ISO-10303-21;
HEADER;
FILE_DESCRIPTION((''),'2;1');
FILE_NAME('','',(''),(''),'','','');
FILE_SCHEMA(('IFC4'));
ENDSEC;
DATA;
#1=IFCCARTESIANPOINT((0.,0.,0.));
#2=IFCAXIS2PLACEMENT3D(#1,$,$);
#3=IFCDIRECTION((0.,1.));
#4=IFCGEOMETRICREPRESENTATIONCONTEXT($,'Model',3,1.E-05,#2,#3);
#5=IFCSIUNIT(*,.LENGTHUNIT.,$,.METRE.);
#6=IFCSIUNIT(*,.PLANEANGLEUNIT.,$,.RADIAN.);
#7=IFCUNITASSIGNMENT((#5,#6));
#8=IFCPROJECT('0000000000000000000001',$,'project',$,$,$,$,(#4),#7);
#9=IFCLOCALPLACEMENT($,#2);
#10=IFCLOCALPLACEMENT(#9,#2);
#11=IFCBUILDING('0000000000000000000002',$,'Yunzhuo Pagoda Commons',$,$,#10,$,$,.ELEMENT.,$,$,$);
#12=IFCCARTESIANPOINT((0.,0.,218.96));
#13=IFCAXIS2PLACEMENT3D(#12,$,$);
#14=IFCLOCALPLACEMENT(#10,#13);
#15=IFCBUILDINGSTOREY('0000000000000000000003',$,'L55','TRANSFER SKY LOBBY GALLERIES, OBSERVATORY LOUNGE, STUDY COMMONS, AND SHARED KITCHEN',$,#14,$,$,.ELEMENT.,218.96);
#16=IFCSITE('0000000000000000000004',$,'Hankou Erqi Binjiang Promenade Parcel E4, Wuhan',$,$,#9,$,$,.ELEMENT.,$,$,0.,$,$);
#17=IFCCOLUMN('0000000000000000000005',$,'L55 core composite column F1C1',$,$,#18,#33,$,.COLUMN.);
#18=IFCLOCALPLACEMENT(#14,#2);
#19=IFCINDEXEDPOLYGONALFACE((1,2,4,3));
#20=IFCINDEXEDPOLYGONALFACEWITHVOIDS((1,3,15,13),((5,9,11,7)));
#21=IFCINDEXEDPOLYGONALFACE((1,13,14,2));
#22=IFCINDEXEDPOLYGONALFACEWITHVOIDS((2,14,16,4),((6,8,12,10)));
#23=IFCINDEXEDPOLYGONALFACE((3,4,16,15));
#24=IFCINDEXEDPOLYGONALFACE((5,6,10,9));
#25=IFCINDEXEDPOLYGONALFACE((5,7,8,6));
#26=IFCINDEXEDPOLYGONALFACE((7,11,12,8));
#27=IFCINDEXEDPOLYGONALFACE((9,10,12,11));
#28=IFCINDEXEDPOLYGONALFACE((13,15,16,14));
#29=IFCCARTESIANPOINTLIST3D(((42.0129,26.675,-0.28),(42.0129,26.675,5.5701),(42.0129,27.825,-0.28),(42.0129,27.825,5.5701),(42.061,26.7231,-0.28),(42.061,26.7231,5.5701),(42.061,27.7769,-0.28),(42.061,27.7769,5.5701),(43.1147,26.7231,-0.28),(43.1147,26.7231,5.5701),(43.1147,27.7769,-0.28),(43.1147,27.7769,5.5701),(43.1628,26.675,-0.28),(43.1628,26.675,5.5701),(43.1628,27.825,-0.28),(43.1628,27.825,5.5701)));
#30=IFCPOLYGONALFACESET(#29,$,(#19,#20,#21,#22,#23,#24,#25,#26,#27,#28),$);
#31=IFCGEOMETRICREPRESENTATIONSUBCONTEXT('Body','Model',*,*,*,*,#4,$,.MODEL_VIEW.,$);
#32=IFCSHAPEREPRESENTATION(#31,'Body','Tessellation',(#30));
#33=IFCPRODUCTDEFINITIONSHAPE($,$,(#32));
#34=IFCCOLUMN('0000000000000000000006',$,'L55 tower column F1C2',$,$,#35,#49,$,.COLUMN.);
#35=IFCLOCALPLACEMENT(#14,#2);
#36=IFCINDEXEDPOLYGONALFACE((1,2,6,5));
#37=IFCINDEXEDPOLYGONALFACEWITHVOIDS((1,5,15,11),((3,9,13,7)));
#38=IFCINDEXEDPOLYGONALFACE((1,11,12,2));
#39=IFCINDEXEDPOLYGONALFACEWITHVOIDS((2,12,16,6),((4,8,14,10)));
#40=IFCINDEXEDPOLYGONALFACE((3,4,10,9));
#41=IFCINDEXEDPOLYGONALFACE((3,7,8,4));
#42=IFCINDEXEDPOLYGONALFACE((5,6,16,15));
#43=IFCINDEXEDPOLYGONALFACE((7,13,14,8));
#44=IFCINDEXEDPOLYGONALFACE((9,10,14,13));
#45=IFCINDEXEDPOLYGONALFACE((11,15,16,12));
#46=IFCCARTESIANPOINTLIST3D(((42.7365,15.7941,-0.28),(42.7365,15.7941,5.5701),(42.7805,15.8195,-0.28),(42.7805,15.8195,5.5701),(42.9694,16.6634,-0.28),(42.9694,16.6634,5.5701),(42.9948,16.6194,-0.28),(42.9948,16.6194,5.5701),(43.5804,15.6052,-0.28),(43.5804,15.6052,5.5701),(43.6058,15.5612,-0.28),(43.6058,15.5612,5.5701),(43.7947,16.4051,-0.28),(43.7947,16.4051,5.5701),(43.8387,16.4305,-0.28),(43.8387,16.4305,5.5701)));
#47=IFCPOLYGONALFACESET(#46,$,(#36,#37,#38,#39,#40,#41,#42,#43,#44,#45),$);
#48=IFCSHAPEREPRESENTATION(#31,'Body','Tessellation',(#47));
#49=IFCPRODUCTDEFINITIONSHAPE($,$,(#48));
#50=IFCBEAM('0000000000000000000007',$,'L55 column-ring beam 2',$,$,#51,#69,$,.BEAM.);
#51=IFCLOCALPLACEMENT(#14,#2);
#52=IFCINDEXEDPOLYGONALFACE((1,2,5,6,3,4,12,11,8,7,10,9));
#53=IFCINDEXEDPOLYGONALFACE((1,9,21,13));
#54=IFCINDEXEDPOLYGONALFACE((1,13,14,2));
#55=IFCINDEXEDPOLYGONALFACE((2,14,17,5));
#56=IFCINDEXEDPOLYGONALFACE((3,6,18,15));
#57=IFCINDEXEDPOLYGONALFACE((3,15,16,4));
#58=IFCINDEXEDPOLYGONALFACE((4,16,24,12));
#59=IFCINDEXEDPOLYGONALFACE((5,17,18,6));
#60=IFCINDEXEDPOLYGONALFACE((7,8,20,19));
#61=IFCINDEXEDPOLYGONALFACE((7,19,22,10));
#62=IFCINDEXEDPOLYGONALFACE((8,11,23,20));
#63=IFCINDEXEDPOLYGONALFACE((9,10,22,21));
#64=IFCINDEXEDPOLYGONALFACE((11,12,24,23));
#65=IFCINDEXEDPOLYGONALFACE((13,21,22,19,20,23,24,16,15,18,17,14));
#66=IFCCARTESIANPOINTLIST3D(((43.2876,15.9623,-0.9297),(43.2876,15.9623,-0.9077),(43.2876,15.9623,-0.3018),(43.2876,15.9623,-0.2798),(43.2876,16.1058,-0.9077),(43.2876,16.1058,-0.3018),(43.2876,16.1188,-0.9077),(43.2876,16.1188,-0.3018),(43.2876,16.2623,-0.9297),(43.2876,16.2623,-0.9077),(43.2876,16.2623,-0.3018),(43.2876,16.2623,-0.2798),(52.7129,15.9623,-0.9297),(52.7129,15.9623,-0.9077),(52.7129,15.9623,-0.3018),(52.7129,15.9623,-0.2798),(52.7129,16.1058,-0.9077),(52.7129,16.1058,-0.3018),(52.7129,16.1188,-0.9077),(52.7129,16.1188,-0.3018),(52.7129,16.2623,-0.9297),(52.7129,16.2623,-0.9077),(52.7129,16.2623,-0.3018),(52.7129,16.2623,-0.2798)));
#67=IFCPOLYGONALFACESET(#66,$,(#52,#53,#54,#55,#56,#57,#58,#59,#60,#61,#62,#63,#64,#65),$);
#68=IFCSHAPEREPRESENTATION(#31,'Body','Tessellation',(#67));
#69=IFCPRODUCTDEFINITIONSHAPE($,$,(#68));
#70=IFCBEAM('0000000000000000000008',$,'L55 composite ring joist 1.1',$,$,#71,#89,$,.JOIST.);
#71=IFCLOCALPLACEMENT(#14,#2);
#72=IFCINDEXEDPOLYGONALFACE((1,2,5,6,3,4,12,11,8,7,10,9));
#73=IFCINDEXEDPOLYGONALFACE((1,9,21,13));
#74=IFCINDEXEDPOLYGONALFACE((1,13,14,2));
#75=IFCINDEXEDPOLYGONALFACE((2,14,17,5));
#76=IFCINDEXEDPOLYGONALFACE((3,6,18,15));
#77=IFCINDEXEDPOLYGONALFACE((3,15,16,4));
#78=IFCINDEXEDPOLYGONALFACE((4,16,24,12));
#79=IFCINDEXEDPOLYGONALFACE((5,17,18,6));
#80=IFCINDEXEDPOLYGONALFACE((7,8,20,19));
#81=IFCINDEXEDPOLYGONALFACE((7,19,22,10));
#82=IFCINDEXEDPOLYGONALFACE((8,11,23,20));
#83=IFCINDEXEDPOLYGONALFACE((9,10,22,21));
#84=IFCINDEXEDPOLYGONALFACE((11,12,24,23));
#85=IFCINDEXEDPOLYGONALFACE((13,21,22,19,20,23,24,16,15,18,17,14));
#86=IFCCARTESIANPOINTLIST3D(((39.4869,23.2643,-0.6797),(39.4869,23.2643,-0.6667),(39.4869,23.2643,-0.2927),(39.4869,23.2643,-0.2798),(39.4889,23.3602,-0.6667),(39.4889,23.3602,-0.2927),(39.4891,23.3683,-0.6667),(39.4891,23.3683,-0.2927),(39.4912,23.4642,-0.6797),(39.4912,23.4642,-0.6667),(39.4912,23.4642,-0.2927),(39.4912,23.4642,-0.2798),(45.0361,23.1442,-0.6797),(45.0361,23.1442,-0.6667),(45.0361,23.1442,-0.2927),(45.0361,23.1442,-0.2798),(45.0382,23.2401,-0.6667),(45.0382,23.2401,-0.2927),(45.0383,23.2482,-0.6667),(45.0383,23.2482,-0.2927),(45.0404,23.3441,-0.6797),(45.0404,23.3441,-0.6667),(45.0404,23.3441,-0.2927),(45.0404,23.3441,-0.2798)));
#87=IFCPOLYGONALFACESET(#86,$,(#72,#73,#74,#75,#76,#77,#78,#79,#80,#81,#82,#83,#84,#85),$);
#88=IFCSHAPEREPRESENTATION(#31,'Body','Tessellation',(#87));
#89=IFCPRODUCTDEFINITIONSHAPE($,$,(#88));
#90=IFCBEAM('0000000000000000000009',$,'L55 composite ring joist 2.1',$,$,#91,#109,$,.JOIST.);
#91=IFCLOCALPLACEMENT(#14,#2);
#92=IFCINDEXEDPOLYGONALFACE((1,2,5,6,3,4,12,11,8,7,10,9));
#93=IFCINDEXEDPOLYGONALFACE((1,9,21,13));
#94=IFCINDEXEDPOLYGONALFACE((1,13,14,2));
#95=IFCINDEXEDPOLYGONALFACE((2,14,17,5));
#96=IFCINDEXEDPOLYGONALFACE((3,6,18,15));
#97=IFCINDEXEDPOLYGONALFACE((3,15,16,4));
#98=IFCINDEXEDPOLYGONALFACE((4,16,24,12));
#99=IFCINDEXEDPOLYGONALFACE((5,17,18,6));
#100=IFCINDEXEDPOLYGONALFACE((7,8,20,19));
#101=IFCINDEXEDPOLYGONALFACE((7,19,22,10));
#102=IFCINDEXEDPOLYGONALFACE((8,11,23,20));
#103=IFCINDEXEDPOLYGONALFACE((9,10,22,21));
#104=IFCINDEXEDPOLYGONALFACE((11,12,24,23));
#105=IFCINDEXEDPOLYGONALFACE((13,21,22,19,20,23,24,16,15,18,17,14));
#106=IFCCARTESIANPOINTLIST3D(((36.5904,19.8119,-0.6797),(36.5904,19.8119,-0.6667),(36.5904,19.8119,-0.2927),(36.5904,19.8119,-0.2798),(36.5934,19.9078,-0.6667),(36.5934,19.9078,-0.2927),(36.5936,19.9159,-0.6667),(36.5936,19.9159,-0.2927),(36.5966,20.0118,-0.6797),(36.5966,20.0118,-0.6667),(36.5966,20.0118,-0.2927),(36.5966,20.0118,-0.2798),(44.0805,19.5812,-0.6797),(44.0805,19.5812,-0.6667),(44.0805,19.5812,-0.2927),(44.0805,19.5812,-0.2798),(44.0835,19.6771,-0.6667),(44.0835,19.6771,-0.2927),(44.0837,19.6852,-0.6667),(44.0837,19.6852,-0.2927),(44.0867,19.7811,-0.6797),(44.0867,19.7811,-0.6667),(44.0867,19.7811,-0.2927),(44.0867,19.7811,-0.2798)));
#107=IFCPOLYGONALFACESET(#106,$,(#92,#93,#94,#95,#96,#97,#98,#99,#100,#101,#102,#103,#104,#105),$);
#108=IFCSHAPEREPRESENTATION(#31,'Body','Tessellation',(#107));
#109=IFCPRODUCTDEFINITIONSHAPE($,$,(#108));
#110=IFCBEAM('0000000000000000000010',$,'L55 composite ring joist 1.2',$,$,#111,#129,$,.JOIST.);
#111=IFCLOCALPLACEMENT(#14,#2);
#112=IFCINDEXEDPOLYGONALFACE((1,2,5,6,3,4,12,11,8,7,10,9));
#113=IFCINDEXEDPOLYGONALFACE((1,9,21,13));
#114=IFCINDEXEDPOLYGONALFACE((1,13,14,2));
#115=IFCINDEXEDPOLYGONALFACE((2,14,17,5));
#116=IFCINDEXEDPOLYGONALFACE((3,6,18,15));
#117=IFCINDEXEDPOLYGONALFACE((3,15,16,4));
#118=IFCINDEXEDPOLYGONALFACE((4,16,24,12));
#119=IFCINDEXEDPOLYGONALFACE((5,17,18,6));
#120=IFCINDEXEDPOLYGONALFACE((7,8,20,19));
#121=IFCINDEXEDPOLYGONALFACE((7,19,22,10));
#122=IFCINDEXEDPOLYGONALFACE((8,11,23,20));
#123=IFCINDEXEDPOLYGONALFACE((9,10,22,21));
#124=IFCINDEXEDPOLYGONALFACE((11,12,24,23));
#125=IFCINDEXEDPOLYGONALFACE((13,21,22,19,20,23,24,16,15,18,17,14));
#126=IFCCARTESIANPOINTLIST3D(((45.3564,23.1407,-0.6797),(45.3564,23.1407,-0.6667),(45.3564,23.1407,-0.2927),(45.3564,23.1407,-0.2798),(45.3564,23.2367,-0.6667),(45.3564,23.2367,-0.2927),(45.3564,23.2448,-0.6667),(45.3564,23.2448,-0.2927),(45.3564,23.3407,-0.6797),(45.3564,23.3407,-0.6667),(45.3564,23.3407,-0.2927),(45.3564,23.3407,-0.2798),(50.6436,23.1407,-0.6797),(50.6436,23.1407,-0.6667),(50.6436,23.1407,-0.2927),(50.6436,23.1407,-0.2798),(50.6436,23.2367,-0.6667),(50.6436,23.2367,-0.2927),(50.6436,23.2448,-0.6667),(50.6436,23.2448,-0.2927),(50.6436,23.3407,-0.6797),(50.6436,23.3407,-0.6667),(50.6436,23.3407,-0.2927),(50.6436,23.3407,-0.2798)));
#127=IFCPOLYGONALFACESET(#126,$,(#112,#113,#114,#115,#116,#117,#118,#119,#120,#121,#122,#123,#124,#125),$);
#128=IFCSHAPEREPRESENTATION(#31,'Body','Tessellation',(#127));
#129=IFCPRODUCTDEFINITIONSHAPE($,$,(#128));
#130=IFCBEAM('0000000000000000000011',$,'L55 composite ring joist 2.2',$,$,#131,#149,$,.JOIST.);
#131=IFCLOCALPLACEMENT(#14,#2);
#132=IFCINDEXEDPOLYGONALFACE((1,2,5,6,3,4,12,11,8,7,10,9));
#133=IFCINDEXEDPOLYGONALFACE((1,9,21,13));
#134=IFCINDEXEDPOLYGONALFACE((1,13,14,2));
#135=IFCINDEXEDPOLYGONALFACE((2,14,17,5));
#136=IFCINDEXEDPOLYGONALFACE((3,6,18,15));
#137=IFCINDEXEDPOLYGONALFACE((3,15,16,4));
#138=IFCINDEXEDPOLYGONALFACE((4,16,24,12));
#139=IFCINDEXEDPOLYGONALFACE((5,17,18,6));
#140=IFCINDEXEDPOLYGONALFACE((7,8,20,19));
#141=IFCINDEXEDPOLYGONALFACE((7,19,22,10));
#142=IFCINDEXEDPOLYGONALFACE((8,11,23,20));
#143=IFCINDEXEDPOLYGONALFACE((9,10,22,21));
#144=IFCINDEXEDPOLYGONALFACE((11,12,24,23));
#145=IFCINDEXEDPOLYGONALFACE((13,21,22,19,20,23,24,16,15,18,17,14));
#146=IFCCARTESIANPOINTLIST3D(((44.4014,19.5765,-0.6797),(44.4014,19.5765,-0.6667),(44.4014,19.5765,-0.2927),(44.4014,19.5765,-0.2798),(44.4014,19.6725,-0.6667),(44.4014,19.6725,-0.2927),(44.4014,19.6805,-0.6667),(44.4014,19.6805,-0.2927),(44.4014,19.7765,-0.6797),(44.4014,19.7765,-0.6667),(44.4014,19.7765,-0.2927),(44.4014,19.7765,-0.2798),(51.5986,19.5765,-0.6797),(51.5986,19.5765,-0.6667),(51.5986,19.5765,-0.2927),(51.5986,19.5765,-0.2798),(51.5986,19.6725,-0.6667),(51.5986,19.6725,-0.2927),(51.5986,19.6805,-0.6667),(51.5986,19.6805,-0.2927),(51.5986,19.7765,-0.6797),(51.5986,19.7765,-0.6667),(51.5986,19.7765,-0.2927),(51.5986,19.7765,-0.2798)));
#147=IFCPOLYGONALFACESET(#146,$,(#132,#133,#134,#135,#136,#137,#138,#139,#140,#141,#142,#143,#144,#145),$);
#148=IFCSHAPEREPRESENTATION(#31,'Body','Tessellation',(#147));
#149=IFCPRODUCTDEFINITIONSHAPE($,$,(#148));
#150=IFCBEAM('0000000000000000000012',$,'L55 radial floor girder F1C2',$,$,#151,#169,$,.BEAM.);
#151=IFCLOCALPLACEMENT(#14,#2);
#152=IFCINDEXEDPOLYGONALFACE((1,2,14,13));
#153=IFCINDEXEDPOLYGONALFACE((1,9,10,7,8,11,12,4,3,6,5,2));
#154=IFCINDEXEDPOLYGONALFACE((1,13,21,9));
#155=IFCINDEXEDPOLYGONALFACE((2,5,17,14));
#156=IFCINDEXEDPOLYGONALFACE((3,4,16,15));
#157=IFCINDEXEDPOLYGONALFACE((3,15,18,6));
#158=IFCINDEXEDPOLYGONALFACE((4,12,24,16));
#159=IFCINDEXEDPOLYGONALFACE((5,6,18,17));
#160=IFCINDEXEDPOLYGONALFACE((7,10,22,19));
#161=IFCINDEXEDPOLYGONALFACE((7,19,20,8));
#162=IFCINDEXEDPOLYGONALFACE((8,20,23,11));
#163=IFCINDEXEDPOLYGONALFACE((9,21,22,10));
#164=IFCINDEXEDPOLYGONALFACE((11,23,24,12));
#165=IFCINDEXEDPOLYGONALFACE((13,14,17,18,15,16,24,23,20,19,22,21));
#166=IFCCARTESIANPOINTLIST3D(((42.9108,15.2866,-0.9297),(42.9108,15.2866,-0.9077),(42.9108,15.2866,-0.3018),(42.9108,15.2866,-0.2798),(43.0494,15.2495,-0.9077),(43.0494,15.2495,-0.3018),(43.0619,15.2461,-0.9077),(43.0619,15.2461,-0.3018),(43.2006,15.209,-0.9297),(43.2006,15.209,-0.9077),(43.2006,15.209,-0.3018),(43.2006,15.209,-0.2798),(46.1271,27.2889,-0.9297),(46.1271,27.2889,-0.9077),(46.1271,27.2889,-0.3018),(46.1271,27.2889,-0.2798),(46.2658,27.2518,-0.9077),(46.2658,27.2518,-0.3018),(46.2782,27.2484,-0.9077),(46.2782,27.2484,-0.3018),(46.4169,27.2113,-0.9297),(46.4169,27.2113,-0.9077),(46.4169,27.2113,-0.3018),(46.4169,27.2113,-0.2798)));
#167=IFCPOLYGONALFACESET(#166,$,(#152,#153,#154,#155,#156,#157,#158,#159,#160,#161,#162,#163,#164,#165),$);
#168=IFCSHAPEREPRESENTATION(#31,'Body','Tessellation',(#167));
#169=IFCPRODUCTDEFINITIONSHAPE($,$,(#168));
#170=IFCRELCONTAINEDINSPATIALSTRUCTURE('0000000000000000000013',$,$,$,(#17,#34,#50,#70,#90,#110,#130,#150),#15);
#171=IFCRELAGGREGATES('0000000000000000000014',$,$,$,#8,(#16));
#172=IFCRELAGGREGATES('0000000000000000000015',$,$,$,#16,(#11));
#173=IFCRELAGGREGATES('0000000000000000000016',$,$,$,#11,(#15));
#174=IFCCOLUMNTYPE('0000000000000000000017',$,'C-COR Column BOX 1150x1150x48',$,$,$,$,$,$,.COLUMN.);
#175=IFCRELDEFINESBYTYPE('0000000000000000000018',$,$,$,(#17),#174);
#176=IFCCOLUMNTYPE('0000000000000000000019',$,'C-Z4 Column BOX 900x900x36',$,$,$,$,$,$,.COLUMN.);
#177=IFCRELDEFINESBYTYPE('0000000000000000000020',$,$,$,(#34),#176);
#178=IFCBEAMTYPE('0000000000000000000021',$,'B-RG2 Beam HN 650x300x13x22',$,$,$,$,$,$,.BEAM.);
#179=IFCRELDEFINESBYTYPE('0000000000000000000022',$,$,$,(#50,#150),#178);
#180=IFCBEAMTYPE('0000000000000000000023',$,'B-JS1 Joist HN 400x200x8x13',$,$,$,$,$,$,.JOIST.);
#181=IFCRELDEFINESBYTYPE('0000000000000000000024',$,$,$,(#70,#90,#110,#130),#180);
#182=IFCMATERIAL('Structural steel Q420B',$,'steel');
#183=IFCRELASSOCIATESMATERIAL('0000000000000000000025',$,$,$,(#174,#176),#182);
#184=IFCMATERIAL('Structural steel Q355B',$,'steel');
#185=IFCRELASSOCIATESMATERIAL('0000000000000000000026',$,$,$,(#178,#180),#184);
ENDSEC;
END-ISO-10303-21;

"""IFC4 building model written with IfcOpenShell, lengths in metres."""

from ifc_helpers import new_model, si_unit, direction, frame, origin, origin_2d, place, context, subcontext, project, spatial, hollow_rectangle, i_section, extrude, source, transform, mapped, material, material_profile, profile_set, type_object, element, save


model = new_model("IFC4")

# Units and contexts
model_context = context("Model", 3, precision=1e-05, world=origin(), true_north=direction((0.0, 1.0)))
body_context = subcontext(model_context, "Body", "Model", "MODEL_VIEW")
ifc_project = project(units=[si_unit("LENGTHUNIT", "METRE"), si_unit("PLANEANGLEUNIT", "RADIAN")], contexts=[model_context])

# Site, building, storey
site_placement = place(None, origin())
site = spatial("IfcSite", under=ifc_project, at=site_placement, Name="Hankou Erqi Binjiang Promenade Parcel E4, Wuhan", CompositionType="ELEMENT", RefElevation=0.0)
building_placement = place(site_placement, origin())
building = spatial("IfcBuilding", under=site, at=building_placement, Name="Yunzhuo Pagoda Commons", CompositionType="ELEMENT")
storey_placement = place(building_placement, frame((0.0, 0.0, 218.96)))
storey = spatial("IfcBuildingStorey", under=building, at=storey_placement, Name="L55", Description="TRANSFER SKY LOBBY GALLERIES, OBSERVATORY LOUNGE, STUDY COMMONS, AND SHARED KITCHEN", CompositionType="ELEMENT", Elevation=218.96)

# Columns
ifc_material_1 = material(Name="Structural steel Q420B", Category="steel")
ifc_material_profile_1 = material_profile(ifc_material_1, hollow_rectangle(XDim=1.1499, YDim=1.1499, WallThickness=0.0481, at=origin_2d()), Name="Structural steel Q420B")
ifc_profile_set_1 = profile_set([ifc_material_profile_1], Name="Structural steel Q420B")
column_type_1 = type_object("IfcColumnType", Name="C-COR Column BOX 1150x1150x48", PredefinedType="COLUMN", material=ifc_profile_set_1)
shared_shape_1 = source(origin(), body_context, "Body", "SweptSolid", [
    extrude(hollow_rectangle(XDim=1.1499, YDim=1.1499, WallThickness=0.0481, at=origin_2d()), origin(), (0.0, 0.0, 1.0), 5.8501),
])
column_1_placement = place(storey_placement, frame((42.5879, 27.25, -0.28), z_axis=(0.0, 0.0, 1.0), x_axis=(1.0, 0.0, 0.0)))
element("IfcColumn", 1, at=column_1_placement, inside=storey, type_object=column_type_1, Name="L55 core composite column F1C1", PredefinedType="COLUMN", context=body_context, shape_type="MappedRepresentation", body=[
    mapped(shared_shape_1, transform((0.0, 0.0, 0.0), scale=1.0)),
])
ifc_material_profile_2 = material_profile(ifc_material_1, hollow_rectangle(XDim=0.8999, YDim=0.8999, WallThickness=0.0359, at=origin_2d()), Name="Structural steel Q420B")
ifc_profile_set_2 = profile_set([ifc_material_profile_2], Name="Structural steel Q420B")
column_type_2 = type_object("IfcColumnType", Name="C-Z4 Column BOX 900x900x36", PredefinedType="COLUMN", material=ifc_profile_set_2)
shared_shape_2 = source(origin(), body_context, "Body", "SweptSolid", [
    extrude(hollow_rectangle(XDim=0.8999, YDim=0.8999, WallThickness=0.0359, at=origin_2d()), origin(), (0.0, 0.0, 1.0), 5.8501),
])
column_2_placement = place(storey_placement, frame((43.2876, 16.1123, -0.28), z_axis=(0.0, 0.0, 1.0), x_axis=(0.965926, -0.258819, 0.0)))
element("IfcColumn", 2, at=column_2_placement, inside=storey, type_object=column_type_2, Name="L55 tower column F1C2", PredefinedType="COLUMN", context=body_context, shape_type="MappedRepresentation", body=[
    mapped(shared_shape_2, transform((0.0, 0.0, 0.0), scale=1.0)),
])

# Beams
ifc_material_2 = material(Name="Structural steel Q355B", Category="steel")
ifc_material_profile_3 = material_profile(ifc_material_2, i_section(OverallWidth=0.3, OverallDepth=0.6499, WebThickness=0.0129, FlangeThickness=0.022, at=origin_2d()), Name="Structural steel Q355B")
ifc_profile_set_3 = profile_set([ifc_material_profile_3], Name="Structural steel Q355B")
beam_type_1 = type_object("IfcBeamType", Name="B-RG2 Beam HN 650x300x13x22", PredefinedType="BEAM", material=ifc_profile_set_3)
shared_shape_3 = source(origin(), body_context, "Body", "SweptSolid", [
    extrude(i_section(OverallWidth=0.3, OverallDepth=0.6499, WebThickness=0.0129, FlangeThickness=0.022, at=origin_2d()), origin(), (0.0, 0.0, 1.0), 9.4253),
])
beam_1_placement = place(storey_placement, frame((43.2876, 16.1123, -0.6047), z_axis=(1.0, 0.0, 0.0), x_axis=(0.0, 1.0, 0.0)))
element("IfcBeam", 3, at=beam_1_placement, inside=storey, type_object=beam_type_1, Name="L55 column-ring beam 2", PredefinedType="BEAM", context=body_context, shape_type="MappedRepresentation", body=[
    mapped(shared_shape_3, transform((0.0, 0.0, 0.0), scale=1.0)),
])
ifc_material_profile_4 = material_profile(ifc_material_2, i_section(OverallWidth=0.2, OverallDepth=0.3999, WebThickness=0.0081, FlangeThickness=0.0129, at=origin_2d()), Name="Structural steel Q355B")
ifc_profile_set_4 = profile_set([ifc_material_profile_4], Name="Structural steel Q355B")
beam_type_2 = type_object("IfcBeamType", Name="B-JS1 Joist HN 400x200x8x13", PredefinedType="JOIST", material=ifc_profile_set_4)
shared_shape_4 = source(origin(), body_context, "Body", "SweptSolid", [
    extrude(i_section(OverallWidth=0.2, OverallDepth=0.3999, WebThickness=0.0081, FlangeThickness=0.0129, at=origin_2d()), origin(), (0.0, 0.0, 1.0), 5.5505),
])
beam_2_placement = place(storey_placement, frame((39.489, 23.3643, -0.4797), z_axis=(0.999766, -0.02164, 0.0), x_axis=(0.02164, 0.999766, 0.0)))
element("IfcBeam", 4, at=beam_2_placement, inside=storey, type_object=beam_type_2, Name="L55 composite ring joist 1.1", PredefinedType="JOIST", context=body_context, shape_type="MappedRepresentation", body=[
    mapped(shared_shape_4, transform((0.0, 0.0, 0.0), scale=1.0)),
])
shared_shape_5 = source(origin(), body_context, "Body", "SweptSolid", [
    extrude(i_section(OverallWidth=0.2, OverallDepth=0.3999, WebThickness=0.0081, FlangeThickness=0.0129, at=origin_2d()), origin(), (0.0, 0.0, 1.0), 7.4937),
])
beam_3_placement = place(storey_placement, frame((36.5935, 19.9119, -0.4797), z_axis=(0.999526, -0.030788, 0.0), x_axis=(0.030788, 0.999526, 0.0)))
element("IfcBeam", 5, at=beam_3_placement, inside=storey, type_object=beam_type_2, Name="L55 composite ring joist 2.1", PredefinedType="JOIST", context=body_context, shape_type="MappedRepresentation", body=[
    mapped(shared_shape_5, transform((0.0, 0.0, 0.0), scale=1.0)),
])
shared_shape_6 = source(origin(), body_context, "Body", "SweptSolid", [
    extrude(i_section(OverallWidth=0.2, OverallDepth=0.3999, WebThickness=0.0081, FlangeThickness=0.0129, at=origin_2d()), origin(), (0.0, 0.0, 1.0), 5.2871),
])
beam_4_placement = place(storey_placement, frame((45.3564, 23.2407, -0.4797), z_axis=(1.0, 0.0, 0.0), x_axis=(0.0, 1.0, 0.0)))
element("IfcBeam", 6, at=beam_4_placement, inside=storey, type_object=beam_type_2, Name="L55 composite ring joist 1.2", PredefinedType="JOIST", context=body_context, shape_type="MappedRepresentation", body=[
    mapped(shared_shape_6, transform((0.0, 0.0, 0.0), scale=1.0)),
])
shared_shape_7 = source(origin(), body_context, "Body", "SweptSolid", [
    extrude(i_section(OverallWidth=0.2, OverallDepth=0.3999, WebThickness=0.0081, FlangeThickness=0.0129, at=origin_2d()), origin(), (0.0, 0.0, 1.0), 7.1973),
])
beam_5_placement = place(storey_placement, frame((44.4014, 19.6765, -0.4797), z_axis=(1.0, 0.0, 0.0), x_axis=(0.0, 1.0, 0.0)))
element("IfcBeam", 7, at=beam_5_placement, inside=storey, type_object=beam_type_2, Name="L55 composite ring joist 2.2", PredefinedType="JOIST", context=body_context, shape_type="MappedRepresentation", body=[
    mapped(shared_shape_7, transform((0.0, 0.0, 0.0), scale=1.0)),
])
shared_shape_8 = source(origin(), body_context, "Body", "SweptSolid", [
    extrude(i_section(OverallWidth=0.3, OverallDepth=0.6499, WebThickness=0.0129, FlangeThickness=0.022, at=origin_2d()), origin(), (0.0, 0.0, 1.0), 12.4258),
])
beam_6_placement = place(storey_placement, frame((43.0557, 15.2478, -0.6047), z_axis=(0.258844, 0.965919, 0.0), x_axis=(-0.965919, 0.258844, 0.0)))
element("IfcBeam", 8, at=beam_6_placement, inside=storey, type_object=beam_type_1, Name="L55 radial floor girder F1C2", PredefinedType="BEAM", context=body_context, shape_type="MappedRepresentation", body=[
    mapped(shared_shape_8, transform((0.0, 0.0, 0.0), scale=1.0)),
])

save(model, "model.ifc")
